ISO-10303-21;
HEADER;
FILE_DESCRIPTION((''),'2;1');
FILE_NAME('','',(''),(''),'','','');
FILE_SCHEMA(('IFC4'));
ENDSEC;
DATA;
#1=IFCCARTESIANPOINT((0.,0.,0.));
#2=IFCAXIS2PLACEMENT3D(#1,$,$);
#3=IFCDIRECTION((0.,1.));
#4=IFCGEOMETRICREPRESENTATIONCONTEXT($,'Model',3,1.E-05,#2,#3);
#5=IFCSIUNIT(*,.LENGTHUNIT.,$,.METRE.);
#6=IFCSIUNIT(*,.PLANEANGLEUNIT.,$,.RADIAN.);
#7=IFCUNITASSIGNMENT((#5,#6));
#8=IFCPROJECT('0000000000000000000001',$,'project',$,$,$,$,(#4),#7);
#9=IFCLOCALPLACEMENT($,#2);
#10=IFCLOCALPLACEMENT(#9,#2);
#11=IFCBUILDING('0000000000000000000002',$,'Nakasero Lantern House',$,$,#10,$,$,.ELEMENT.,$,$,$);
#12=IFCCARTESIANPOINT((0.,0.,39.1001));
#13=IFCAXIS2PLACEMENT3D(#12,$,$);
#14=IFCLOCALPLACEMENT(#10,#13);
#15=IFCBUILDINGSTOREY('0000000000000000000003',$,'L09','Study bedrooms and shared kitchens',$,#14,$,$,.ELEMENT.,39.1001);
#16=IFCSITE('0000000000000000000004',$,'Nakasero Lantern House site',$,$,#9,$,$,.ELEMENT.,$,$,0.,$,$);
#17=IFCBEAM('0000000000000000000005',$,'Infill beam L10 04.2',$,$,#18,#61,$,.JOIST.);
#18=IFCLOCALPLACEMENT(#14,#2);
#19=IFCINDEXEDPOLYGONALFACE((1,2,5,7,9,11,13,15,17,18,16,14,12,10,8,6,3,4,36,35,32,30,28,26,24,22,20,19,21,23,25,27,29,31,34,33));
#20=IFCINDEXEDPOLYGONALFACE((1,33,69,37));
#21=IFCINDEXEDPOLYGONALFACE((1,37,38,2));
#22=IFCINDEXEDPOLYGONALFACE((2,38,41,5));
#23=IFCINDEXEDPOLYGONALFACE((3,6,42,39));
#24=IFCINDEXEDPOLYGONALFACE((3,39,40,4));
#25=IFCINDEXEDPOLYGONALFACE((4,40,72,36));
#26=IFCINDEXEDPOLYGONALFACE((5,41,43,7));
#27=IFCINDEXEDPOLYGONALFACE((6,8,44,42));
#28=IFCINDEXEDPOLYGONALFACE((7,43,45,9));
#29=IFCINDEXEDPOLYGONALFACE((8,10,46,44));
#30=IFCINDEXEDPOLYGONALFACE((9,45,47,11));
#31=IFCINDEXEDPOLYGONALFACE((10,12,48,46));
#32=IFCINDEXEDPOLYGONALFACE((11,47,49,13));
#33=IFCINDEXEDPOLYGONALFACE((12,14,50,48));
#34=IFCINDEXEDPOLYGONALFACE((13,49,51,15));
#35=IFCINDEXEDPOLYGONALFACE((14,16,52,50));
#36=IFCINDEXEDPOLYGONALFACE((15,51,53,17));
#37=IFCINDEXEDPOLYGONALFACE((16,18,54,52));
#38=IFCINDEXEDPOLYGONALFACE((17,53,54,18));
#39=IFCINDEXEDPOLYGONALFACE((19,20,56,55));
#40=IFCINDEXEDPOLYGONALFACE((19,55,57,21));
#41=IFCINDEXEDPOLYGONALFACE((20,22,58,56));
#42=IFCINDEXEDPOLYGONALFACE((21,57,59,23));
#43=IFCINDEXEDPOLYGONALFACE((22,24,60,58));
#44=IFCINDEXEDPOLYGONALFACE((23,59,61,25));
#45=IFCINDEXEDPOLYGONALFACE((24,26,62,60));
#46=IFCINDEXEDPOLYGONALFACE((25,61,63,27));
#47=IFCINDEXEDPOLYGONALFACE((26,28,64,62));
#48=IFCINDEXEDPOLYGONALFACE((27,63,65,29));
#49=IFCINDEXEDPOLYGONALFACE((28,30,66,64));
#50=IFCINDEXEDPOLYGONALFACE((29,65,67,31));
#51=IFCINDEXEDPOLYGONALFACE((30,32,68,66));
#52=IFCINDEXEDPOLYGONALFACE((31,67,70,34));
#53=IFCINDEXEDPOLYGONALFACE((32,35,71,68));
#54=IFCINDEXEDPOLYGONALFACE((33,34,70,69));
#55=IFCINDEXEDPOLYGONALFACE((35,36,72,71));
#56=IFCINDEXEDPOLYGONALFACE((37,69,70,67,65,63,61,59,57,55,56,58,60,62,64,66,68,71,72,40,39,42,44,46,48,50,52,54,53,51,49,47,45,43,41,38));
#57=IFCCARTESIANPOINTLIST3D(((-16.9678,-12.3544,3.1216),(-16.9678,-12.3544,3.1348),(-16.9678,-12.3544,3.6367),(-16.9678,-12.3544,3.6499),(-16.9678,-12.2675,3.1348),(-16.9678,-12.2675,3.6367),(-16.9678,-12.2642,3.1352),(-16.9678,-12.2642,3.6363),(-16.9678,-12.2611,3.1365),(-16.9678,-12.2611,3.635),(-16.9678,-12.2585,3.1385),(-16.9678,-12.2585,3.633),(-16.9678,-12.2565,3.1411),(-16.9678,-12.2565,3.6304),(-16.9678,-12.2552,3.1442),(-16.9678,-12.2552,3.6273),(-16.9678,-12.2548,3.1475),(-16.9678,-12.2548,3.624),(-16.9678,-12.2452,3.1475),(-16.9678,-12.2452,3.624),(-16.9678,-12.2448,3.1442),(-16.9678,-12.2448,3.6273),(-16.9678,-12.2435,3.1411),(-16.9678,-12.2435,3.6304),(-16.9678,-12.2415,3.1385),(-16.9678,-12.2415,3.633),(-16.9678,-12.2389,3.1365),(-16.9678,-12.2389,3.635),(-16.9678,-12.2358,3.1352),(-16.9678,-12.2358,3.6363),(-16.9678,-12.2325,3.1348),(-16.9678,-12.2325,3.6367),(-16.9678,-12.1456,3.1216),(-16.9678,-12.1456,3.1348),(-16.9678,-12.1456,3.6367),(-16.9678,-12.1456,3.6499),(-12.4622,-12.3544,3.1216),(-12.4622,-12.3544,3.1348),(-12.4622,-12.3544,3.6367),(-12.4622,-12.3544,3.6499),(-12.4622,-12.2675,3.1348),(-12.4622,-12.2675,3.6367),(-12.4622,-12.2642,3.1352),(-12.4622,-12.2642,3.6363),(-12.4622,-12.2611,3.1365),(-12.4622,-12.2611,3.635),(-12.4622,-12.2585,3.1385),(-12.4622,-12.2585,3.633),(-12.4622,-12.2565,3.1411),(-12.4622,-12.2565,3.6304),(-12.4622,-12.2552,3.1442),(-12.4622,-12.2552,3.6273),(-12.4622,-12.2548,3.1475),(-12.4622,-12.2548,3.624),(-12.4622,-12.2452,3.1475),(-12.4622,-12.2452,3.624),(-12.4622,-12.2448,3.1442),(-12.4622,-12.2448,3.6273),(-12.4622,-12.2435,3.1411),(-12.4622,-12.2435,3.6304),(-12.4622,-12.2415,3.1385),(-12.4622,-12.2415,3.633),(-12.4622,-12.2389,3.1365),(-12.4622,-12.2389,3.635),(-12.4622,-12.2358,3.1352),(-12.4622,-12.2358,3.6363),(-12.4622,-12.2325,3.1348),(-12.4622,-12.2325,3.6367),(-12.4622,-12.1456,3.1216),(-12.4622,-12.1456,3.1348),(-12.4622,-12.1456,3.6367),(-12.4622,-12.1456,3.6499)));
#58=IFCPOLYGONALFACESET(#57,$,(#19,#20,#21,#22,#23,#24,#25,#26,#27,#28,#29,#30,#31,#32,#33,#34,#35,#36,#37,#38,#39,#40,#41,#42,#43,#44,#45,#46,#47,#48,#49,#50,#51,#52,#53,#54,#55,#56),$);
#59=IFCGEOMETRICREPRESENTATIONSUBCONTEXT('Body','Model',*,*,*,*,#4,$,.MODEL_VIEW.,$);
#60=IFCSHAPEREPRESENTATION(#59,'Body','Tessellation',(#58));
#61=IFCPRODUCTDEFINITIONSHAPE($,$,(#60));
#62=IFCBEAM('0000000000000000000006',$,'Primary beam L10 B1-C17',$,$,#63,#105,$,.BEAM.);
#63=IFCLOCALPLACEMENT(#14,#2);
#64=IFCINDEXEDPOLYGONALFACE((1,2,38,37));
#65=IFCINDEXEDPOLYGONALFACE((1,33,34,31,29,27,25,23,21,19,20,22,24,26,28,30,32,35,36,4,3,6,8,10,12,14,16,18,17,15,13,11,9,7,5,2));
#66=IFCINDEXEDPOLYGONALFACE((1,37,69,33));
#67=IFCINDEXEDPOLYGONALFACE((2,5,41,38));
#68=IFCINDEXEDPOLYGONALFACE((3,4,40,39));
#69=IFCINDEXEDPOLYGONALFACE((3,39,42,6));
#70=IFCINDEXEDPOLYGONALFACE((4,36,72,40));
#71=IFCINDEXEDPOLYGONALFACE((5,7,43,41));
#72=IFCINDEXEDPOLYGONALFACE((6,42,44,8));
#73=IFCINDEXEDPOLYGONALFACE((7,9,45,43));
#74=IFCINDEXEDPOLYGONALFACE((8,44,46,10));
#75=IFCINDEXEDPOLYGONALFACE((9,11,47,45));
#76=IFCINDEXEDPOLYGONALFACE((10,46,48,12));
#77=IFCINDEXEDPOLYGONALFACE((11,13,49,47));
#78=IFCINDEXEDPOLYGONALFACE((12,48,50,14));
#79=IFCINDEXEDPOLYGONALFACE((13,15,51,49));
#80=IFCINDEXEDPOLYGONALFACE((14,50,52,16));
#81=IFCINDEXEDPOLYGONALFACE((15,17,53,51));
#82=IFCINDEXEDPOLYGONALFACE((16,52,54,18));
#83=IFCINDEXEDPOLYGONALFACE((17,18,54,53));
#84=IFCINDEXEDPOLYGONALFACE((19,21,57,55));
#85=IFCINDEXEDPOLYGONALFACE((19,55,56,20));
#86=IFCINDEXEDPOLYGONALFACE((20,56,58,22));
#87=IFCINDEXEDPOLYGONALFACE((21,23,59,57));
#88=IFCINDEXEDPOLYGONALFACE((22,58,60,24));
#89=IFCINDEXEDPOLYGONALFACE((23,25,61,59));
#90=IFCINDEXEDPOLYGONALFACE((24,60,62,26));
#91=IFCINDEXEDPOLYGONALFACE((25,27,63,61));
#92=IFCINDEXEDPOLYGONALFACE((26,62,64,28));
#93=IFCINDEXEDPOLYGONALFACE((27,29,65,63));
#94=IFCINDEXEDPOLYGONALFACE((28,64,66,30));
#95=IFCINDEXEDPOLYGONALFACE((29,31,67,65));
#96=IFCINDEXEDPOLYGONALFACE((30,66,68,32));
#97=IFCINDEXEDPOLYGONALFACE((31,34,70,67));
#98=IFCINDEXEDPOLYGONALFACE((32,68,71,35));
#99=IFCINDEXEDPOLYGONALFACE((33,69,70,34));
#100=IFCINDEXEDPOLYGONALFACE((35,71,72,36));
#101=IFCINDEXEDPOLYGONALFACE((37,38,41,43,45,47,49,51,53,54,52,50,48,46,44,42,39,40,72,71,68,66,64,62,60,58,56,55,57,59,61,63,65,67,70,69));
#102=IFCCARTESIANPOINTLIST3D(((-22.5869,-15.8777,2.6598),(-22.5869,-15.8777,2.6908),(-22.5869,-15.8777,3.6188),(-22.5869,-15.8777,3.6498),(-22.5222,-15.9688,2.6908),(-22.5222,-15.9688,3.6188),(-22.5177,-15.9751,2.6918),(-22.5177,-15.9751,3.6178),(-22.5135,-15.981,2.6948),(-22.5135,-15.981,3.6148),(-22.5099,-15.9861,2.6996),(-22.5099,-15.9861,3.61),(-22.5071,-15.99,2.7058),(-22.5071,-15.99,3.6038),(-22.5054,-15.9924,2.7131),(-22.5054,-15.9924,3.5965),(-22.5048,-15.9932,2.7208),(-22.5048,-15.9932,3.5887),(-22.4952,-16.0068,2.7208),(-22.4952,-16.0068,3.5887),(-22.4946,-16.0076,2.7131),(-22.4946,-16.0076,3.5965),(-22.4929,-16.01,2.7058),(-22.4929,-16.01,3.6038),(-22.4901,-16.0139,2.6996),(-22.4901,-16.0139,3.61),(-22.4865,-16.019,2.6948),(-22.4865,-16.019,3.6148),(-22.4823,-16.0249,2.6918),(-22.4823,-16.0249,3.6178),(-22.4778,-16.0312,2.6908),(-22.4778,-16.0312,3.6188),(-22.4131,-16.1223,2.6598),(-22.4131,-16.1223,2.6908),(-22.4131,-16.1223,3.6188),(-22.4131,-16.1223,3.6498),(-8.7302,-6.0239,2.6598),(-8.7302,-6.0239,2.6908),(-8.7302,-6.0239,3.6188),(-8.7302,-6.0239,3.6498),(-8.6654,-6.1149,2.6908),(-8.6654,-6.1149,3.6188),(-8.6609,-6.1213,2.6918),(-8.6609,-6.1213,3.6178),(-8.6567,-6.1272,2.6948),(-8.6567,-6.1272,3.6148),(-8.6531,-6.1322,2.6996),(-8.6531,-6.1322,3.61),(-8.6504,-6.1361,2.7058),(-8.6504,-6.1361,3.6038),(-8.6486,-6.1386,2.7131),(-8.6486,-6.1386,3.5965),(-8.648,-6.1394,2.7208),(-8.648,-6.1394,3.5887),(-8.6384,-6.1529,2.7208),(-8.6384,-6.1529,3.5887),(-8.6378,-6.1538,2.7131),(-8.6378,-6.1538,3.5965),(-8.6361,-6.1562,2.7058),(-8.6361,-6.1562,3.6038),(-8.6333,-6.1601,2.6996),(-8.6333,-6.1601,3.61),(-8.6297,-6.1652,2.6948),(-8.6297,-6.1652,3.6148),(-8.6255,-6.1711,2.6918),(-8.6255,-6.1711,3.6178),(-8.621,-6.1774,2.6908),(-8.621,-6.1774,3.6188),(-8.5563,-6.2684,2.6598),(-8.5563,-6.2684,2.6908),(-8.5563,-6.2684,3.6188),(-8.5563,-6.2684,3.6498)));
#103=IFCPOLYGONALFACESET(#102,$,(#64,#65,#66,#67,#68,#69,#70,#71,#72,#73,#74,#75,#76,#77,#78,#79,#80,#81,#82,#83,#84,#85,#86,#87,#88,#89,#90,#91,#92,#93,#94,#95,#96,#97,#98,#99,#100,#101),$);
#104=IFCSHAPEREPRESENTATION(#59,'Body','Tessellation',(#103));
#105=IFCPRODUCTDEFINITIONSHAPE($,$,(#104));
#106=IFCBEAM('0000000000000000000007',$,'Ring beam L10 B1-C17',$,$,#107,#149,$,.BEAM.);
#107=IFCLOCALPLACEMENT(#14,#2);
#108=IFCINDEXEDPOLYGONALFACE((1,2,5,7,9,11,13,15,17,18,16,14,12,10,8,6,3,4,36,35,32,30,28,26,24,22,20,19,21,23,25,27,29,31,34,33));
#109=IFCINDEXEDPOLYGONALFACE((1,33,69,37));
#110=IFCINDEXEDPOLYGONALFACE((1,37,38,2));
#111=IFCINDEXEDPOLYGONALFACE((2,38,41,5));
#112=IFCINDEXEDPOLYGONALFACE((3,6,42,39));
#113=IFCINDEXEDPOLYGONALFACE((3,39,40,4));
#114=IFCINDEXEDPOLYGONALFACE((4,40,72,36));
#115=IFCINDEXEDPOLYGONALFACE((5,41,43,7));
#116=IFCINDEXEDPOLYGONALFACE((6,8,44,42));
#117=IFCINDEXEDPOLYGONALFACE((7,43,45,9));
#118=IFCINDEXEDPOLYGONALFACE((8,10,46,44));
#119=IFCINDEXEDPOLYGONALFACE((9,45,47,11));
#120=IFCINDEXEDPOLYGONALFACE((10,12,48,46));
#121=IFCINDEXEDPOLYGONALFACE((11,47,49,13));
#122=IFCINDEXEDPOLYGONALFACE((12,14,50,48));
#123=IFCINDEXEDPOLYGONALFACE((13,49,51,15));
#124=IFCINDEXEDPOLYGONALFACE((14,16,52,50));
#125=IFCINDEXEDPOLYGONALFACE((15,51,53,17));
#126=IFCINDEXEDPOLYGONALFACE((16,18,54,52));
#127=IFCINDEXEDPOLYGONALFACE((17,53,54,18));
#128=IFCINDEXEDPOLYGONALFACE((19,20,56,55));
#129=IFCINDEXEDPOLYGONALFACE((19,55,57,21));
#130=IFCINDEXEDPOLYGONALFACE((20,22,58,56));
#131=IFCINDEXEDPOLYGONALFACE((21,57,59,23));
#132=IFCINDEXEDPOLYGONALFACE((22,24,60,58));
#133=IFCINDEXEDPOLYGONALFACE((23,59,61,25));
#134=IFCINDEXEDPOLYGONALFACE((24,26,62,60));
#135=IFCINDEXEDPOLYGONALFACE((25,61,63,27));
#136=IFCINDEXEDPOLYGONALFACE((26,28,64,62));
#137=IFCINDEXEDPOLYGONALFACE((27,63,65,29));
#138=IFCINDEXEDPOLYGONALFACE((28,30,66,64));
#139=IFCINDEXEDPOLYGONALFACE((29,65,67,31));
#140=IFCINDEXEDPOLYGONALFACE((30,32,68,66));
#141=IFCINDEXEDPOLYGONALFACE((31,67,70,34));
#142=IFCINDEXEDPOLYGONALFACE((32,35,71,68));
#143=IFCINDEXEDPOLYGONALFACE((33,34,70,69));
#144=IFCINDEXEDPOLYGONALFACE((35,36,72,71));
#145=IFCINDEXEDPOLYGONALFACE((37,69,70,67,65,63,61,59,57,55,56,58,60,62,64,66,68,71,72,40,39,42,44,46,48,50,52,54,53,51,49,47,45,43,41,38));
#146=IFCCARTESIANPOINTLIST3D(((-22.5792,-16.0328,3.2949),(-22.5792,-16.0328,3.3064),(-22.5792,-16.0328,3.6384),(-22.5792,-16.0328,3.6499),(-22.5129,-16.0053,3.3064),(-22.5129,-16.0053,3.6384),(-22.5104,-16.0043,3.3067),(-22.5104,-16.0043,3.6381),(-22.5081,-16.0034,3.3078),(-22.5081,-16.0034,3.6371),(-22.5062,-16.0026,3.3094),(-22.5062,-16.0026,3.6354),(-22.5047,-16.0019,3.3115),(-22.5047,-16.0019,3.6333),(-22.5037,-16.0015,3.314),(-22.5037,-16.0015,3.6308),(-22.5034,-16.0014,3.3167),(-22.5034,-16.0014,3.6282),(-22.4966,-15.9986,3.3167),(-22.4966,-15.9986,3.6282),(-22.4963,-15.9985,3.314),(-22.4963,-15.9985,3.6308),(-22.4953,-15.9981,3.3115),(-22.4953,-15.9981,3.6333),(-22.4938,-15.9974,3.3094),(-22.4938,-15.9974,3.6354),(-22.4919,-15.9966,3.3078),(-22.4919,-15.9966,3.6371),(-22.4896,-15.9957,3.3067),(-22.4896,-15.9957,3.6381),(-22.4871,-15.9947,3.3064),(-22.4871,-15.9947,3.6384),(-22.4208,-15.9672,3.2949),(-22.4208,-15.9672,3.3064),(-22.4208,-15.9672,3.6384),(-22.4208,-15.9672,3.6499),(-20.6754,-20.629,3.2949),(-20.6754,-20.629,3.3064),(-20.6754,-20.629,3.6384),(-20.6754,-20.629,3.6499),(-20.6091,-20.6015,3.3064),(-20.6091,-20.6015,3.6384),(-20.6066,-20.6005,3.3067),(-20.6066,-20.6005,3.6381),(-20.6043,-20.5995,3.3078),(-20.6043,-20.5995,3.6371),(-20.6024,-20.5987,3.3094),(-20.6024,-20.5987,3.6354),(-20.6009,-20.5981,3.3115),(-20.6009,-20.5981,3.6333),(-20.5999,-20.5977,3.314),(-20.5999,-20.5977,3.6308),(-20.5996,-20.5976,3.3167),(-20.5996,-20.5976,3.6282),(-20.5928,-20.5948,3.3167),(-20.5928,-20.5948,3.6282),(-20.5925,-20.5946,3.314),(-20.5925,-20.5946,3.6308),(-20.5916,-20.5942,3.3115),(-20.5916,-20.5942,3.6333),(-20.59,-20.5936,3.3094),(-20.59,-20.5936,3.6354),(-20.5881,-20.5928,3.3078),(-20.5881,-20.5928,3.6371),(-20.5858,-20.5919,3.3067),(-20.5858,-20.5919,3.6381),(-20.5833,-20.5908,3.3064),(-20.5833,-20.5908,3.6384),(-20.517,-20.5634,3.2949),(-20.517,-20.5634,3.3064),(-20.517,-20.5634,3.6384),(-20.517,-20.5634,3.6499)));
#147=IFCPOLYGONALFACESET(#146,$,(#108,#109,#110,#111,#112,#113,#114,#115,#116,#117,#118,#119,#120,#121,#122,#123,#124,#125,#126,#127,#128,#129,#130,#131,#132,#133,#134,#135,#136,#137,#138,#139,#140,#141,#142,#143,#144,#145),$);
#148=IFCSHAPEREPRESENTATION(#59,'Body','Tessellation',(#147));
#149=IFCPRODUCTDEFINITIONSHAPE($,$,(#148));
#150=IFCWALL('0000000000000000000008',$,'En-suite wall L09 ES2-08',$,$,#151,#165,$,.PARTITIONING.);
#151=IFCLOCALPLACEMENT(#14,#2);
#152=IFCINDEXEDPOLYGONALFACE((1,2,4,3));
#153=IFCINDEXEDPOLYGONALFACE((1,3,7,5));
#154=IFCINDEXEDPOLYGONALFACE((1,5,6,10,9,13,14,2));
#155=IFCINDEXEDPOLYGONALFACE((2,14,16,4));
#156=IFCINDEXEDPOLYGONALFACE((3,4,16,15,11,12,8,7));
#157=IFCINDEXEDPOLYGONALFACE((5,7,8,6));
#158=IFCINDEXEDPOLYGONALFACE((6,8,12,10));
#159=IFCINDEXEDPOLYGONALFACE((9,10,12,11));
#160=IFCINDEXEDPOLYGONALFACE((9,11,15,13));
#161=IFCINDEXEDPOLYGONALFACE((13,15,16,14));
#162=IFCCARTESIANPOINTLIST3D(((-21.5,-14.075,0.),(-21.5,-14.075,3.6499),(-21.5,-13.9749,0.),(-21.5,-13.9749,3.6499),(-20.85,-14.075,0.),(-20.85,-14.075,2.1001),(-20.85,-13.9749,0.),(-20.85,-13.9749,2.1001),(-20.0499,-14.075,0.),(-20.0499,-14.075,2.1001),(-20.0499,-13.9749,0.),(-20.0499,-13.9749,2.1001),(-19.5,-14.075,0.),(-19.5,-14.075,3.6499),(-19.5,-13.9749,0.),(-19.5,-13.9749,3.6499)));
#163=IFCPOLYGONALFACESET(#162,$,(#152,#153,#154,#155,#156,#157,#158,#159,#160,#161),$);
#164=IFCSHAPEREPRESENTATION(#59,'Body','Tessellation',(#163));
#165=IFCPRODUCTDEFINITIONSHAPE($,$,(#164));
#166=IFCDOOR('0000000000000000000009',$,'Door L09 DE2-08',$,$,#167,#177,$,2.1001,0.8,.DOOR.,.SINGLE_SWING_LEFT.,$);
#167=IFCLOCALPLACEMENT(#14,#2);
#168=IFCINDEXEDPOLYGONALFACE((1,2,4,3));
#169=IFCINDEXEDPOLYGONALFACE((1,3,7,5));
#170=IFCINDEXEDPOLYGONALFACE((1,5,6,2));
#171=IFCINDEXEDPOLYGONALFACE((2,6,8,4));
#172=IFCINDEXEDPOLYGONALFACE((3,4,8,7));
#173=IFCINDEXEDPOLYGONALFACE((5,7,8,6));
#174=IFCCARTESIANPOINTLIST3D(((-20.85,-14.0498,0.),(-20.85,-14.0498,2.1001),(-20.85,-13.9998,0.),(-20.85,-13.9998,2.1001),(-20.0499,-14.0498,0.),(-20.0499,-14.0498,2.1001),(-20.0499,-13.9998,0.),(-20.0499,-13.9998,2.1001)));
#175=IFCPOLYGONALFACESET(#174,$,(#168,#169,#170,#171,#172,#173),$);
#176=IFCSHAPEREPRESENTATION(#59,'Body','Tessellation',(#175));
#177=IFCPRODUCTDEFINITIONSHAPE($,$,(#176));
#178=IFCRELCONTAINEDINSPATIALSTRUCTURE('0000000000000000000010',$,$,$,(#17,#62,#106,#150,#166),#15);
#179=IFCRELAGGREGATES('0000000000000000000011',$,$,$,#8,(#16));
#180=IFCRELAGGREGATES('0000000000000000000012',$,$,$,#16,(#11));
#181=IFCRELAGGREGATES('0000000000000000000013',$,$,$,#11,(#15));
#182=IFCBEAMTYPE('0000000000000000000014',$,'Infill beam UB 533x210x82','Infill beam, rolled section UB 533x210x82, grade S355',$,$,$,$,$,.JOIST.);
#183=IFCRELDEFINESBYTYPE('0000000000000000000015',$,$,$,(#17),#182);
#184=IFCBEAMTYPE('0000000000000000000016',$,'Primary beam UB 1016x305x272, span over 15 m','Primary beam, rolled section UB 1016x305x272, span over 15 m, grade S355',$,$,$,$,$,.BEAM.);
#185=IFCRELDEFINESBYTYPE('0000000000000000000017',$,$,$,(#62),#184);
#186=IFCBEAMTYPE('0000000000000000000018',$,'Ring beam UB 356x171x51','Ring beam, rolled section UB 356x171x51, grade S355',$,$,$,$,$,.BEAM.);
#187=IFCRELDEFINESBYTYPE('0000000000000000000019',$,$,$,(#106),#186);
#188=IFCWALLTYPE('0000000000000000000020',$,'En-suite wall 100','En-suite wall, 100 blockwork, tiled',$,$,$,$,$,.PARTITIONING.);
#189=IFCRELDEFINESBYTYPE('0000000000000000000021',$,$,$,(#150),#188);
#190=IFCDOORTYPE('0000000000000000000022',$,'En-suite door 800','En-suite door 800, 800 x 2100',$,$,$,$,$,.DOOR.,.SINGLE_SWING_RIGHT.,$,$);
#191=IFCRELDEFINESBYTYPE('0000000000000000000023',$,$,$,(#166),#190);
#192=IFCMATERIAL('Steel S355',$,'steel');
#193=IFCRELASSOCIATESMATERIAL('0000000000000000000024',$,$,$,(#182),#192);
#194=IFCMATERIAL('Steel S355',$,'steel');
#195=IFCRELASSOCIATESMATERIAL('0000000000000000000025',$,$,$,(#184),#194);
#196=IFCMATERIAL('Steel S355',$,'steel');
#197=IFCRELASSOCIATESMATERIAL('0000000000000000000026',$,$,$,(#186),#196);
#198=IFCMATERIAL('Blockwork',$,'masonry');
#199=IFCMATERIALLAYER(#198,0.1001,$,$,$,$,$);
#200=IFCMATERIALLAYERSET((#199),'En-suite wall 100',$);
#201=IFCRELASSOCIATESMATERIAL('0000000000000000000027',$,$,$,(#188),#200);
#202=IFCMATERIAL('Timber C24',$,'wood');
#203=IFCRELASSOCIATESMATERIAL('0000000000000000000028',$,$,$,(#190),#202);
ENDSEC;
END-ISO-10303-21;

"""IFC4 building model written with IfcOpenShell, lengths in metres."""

from ifc_helpers import new_model, si_unit, direction, frame, frame_2d, origin, origin_2d, place, context, subcontext, project, spatial, rectangle, i_section, extrude, material, layer, layer_set, material_profile, profile_set, type_object, element, fill, save


model = new_model("IFC4")

# Units and contexts
model_context = context("Model", 3, precision=1e-05, world=origin(), true_north=direction((0.0, 1.0)))
body_context = subcontext(model_context, "Body", "Model", "MODEL_VIEW")
ifc_project = project(units=[si_unit("LENGTHUNIT", "METRE"), si_unit("PLANEANGLEUNIT", "RADIAN")], contexts=[model_context])

# Site, building, storey
site_placement = place(None, origin())
site = spatial("IfcSite", under=ifc_project, at=site_placement, Name="Nakasero Lantern House site", CompositionType="ELEMENT", RefElevation=0.0)
building_placement = place(site_placement, origin())
building = spatial("IfcBuilding", under=site, at=building_placement, Name="Nakasero Lantern House", CompositionType="ELEMENT")
storey_placement = place(building_placement, frame((0.0, 0.0, 39.1001)))
storey = spatial("IfcBuildingStorey", under=building, at=storey_placement, Name="L09", Description="Study bedrooms and shared kitchens", CompositionType="ELEMENT", Elevation=39.1001)

# Beams
ifc_material_1 = material(Name="Steel S355", Category="steel")
ifc_material_profile_1 = material_profile(ifc_material_1, i_section(OverallWidth=0.2087, OverallDepth=0.5283, WebThickness=0.0095, FlangeThickness=0.0132, FilletRadius=0.0127, at=origin_2d()), Name="UB 533x210x82")
ifc_profile_set_1 = profile_set([ifc_material_profile_1], Name="Steel S355")
beam_type_1 = type_object("IfcBeamType", Name="Infill beam UB 533x210x82", Description="Infill beam, rolled section UB 533x210x82, grade S355", PredefinedType="JOIST", material=ifc_profile_set_1)
beam_1_placement = place(storey_placement, frame((-16.9678, -12.25, 3.3857), z_axis=(1.0, 0.0, 0.0), x_axis=(0.0, 1.0, 0.0)))
element("IfcBeam", 1, at=beam_1_placement, inside=storey, type_object=beam_type_1, Name="Infill beam L10 04.2", PredefinedType="JOIST", context=body_context, shape_type="SweptSolid", body=[
    extrude(i_section(OverallWidth=0.2087, OverallDepth=0.5283, WebThickness=0.0095, FlangeThickness=0.0132, FilletRadius=0.0127, at=origin_2d()), origin(), (0.0, 0.0, 1.0), 4.5056),
])
ifc_material_2 = material(Name="Steel S355", Category="steel")
ifc_material_profile_2 = material_profile(ifc_material_2, i_section(OverallWidth=0.3, OverallDepth=0.99, WebThickness=0.0166, FlangeThickness=0.031, FilletRadius=0.03, at=origin_2d()), Name="UB 1016x305x272")
ifc_profile_set_2 = profile_set([ifc_material_profile_2], Name="Steel S355")
beam_type_2 = type_object("IfcBeamType", Name="Primary beam UB 1016x305x272, span over 15 m", Description="Primary beam, rolled section UB 1016x305x272, span over 15 m, grade S355", PredefinedType="BEAM", material=ifc_profile_set_2)
beam_2_placement = place(storey_placement, frame((-22.5, -16.0, 3.1548), z_axis=(0.814952, 0.579528, 0.0), x_axis=(-0.579528, 0.814952, 0.0)))
element("IfcBeam", 2, at=beam_2_placement, inside=storey, type_object=beam_type_2, Name="Primary beam L10 B1-C17", PredefinedType="BEAM", context=body_context, shape_type="SweptSolid", body=[
    extrude(i_section(OverallWidth=0.3, OverallDepth=0.99, WebThickness=0.0166, FlangeThickness=0.031, FilletRadius=0.03, at=origin_2d()), origin(), (0.0, 0.0, 1.0), 17.0032),
])
ifc_material_3 = material(Name="Steel S355", Category="steel")
ifc_material_profile_3 = material_profile(ifc_material_3, i_section(OverallWidth=0.1714, OverallDepth=0.355, WebThickness=0.0073, FlangeThickness=0.0115, FilletRadius=0.0103, at=origin_2d()), Name="UB 356x171x51")
ifc_profile_set_3 = profile_set([ifc_material_profile_3], Name="Steel S355")
beam_type_3 = type_object("IfcBeamType", Name="Ring beam UB 356x171x51", Description="Ring beam, rolled section UB 356x171x51, grade S355", PredefinedType="BEAM", material=ifc_profile_set_3)
beam_3_placement = place(storey_placement, frame((-22.5, -16.0, 3.4724), z_axis=(0.382684, -0.923879, 0.0), x_axis=(0.923879, 0.382684, 0.0)))
element("IfcBeam", 3, at=beam_3_placement, inside=storey, type_object=beam_type_3, Name="Ring beam L10 B1-C17", PredefinedType="BEAM", context=body_context, shape_type="SweptSolid", body=[
    extrude(i_section(OverallWidth=0.1714, OverallDepth=0.355, WebThickness=0.0073, FlangeThickness=0.0115, FilletRadius=0.0103, at=origin_2d()), origin(), (0.0, 0.0, 1.0), 4.9749),
])

# Wall, opening, door
ifc_material_4 = material(Name="Blockwork", Category="masonry")
ifc_layer_1 = layer(ifc_material_4, 0.1001)
ifc_layer_set_1 = layer_set([ifc_layer_1], Name="En-suite wall 100")
wall_type_1 = type_object("IfcWallType", Name="En-suite wall 100", Description="En-suite wall, 100 blockwork, tiled", PredefinedType="PARTITIONING", material=ifc_layer_set_1)
wall_1_placement = place(storey_placement, frame((-19.5, -14.0249, 0.0), z_axis=(0.0, 0.0, 1.0), x_axis=(-1.0, 0.0, 0.0)))
wall_1 = element("IfcWall", 4, at=wall_1_placement, inside=storey, type_object=wall_type_1, Name="En-suite wall L09 ES2-08", PredefinedType="PARTITIONING", context=body_context, shape_type="SweptSolid", body=[
    extrude(rectangle(XDim=2.0, YDim=0.1001, at=frame_2d((1.0, 0.0))), origin(), (0.0, 0.0, 1.0), 3.6499),
])
opening_1_placement = place(wall_1_placement, frame((0.55, 0.0, 0.0)))
opening_1 = element("IfcOpeningElement", 5, at=opening_1_placement, cuts=wall_1, PredefinedType="OPENING", context=body_context, shape_type="SweptSolid", body=[
    extrude(rectangle(XDim=0.8, YDim=2.1001, at=frame_2d((0.3999, 1.05))), frame((0.0, 0.0701, 0.0), z_axis=(0.0, -1.0, 0.0), x_axis=(1.0, 0.0, 0.0)), (0.0, 0.0, 1.0), 0.1401),
])
ifc_material_5 = material(Name="Timber C24", Category="wood")
door_type_1 = type_object("IfcDoorType", Name="En-suite door 800", Description="En-suite door 800, 800 x 2100", OperationType="SINGLE_SWING_RIGHT", PredefinedType="DOOR", material=ifc_material_5)
door_1_placement = place(opening_1_placement, origin())
door_1 = element("IfcDoor", 6, at=door_1_placement, inside=storey, type_object=door_type_1, Name="Door L09 DE2-08", OperationType="SINGLE_SWING_LEFT", OverallHeight=2.1001, OverallWidth=0.8, PredefinedType="DOOR", context=body_context, shape_type="SweptSolid", body=[
    extrude(rectangle(XDim=0.8, YDim=2.1001, at=frame_2d((0.3999, 1.05))), frame((0.0, 0.0249, 0.0), z_axis=(0.0, -1.0, 0.0), x_axis=(1.0, 0.0, 0.0)), (0.0, 0.0, 1.0), 0.05),
])
fill(opening_1, door_1)

save(model, "model.ifc")
